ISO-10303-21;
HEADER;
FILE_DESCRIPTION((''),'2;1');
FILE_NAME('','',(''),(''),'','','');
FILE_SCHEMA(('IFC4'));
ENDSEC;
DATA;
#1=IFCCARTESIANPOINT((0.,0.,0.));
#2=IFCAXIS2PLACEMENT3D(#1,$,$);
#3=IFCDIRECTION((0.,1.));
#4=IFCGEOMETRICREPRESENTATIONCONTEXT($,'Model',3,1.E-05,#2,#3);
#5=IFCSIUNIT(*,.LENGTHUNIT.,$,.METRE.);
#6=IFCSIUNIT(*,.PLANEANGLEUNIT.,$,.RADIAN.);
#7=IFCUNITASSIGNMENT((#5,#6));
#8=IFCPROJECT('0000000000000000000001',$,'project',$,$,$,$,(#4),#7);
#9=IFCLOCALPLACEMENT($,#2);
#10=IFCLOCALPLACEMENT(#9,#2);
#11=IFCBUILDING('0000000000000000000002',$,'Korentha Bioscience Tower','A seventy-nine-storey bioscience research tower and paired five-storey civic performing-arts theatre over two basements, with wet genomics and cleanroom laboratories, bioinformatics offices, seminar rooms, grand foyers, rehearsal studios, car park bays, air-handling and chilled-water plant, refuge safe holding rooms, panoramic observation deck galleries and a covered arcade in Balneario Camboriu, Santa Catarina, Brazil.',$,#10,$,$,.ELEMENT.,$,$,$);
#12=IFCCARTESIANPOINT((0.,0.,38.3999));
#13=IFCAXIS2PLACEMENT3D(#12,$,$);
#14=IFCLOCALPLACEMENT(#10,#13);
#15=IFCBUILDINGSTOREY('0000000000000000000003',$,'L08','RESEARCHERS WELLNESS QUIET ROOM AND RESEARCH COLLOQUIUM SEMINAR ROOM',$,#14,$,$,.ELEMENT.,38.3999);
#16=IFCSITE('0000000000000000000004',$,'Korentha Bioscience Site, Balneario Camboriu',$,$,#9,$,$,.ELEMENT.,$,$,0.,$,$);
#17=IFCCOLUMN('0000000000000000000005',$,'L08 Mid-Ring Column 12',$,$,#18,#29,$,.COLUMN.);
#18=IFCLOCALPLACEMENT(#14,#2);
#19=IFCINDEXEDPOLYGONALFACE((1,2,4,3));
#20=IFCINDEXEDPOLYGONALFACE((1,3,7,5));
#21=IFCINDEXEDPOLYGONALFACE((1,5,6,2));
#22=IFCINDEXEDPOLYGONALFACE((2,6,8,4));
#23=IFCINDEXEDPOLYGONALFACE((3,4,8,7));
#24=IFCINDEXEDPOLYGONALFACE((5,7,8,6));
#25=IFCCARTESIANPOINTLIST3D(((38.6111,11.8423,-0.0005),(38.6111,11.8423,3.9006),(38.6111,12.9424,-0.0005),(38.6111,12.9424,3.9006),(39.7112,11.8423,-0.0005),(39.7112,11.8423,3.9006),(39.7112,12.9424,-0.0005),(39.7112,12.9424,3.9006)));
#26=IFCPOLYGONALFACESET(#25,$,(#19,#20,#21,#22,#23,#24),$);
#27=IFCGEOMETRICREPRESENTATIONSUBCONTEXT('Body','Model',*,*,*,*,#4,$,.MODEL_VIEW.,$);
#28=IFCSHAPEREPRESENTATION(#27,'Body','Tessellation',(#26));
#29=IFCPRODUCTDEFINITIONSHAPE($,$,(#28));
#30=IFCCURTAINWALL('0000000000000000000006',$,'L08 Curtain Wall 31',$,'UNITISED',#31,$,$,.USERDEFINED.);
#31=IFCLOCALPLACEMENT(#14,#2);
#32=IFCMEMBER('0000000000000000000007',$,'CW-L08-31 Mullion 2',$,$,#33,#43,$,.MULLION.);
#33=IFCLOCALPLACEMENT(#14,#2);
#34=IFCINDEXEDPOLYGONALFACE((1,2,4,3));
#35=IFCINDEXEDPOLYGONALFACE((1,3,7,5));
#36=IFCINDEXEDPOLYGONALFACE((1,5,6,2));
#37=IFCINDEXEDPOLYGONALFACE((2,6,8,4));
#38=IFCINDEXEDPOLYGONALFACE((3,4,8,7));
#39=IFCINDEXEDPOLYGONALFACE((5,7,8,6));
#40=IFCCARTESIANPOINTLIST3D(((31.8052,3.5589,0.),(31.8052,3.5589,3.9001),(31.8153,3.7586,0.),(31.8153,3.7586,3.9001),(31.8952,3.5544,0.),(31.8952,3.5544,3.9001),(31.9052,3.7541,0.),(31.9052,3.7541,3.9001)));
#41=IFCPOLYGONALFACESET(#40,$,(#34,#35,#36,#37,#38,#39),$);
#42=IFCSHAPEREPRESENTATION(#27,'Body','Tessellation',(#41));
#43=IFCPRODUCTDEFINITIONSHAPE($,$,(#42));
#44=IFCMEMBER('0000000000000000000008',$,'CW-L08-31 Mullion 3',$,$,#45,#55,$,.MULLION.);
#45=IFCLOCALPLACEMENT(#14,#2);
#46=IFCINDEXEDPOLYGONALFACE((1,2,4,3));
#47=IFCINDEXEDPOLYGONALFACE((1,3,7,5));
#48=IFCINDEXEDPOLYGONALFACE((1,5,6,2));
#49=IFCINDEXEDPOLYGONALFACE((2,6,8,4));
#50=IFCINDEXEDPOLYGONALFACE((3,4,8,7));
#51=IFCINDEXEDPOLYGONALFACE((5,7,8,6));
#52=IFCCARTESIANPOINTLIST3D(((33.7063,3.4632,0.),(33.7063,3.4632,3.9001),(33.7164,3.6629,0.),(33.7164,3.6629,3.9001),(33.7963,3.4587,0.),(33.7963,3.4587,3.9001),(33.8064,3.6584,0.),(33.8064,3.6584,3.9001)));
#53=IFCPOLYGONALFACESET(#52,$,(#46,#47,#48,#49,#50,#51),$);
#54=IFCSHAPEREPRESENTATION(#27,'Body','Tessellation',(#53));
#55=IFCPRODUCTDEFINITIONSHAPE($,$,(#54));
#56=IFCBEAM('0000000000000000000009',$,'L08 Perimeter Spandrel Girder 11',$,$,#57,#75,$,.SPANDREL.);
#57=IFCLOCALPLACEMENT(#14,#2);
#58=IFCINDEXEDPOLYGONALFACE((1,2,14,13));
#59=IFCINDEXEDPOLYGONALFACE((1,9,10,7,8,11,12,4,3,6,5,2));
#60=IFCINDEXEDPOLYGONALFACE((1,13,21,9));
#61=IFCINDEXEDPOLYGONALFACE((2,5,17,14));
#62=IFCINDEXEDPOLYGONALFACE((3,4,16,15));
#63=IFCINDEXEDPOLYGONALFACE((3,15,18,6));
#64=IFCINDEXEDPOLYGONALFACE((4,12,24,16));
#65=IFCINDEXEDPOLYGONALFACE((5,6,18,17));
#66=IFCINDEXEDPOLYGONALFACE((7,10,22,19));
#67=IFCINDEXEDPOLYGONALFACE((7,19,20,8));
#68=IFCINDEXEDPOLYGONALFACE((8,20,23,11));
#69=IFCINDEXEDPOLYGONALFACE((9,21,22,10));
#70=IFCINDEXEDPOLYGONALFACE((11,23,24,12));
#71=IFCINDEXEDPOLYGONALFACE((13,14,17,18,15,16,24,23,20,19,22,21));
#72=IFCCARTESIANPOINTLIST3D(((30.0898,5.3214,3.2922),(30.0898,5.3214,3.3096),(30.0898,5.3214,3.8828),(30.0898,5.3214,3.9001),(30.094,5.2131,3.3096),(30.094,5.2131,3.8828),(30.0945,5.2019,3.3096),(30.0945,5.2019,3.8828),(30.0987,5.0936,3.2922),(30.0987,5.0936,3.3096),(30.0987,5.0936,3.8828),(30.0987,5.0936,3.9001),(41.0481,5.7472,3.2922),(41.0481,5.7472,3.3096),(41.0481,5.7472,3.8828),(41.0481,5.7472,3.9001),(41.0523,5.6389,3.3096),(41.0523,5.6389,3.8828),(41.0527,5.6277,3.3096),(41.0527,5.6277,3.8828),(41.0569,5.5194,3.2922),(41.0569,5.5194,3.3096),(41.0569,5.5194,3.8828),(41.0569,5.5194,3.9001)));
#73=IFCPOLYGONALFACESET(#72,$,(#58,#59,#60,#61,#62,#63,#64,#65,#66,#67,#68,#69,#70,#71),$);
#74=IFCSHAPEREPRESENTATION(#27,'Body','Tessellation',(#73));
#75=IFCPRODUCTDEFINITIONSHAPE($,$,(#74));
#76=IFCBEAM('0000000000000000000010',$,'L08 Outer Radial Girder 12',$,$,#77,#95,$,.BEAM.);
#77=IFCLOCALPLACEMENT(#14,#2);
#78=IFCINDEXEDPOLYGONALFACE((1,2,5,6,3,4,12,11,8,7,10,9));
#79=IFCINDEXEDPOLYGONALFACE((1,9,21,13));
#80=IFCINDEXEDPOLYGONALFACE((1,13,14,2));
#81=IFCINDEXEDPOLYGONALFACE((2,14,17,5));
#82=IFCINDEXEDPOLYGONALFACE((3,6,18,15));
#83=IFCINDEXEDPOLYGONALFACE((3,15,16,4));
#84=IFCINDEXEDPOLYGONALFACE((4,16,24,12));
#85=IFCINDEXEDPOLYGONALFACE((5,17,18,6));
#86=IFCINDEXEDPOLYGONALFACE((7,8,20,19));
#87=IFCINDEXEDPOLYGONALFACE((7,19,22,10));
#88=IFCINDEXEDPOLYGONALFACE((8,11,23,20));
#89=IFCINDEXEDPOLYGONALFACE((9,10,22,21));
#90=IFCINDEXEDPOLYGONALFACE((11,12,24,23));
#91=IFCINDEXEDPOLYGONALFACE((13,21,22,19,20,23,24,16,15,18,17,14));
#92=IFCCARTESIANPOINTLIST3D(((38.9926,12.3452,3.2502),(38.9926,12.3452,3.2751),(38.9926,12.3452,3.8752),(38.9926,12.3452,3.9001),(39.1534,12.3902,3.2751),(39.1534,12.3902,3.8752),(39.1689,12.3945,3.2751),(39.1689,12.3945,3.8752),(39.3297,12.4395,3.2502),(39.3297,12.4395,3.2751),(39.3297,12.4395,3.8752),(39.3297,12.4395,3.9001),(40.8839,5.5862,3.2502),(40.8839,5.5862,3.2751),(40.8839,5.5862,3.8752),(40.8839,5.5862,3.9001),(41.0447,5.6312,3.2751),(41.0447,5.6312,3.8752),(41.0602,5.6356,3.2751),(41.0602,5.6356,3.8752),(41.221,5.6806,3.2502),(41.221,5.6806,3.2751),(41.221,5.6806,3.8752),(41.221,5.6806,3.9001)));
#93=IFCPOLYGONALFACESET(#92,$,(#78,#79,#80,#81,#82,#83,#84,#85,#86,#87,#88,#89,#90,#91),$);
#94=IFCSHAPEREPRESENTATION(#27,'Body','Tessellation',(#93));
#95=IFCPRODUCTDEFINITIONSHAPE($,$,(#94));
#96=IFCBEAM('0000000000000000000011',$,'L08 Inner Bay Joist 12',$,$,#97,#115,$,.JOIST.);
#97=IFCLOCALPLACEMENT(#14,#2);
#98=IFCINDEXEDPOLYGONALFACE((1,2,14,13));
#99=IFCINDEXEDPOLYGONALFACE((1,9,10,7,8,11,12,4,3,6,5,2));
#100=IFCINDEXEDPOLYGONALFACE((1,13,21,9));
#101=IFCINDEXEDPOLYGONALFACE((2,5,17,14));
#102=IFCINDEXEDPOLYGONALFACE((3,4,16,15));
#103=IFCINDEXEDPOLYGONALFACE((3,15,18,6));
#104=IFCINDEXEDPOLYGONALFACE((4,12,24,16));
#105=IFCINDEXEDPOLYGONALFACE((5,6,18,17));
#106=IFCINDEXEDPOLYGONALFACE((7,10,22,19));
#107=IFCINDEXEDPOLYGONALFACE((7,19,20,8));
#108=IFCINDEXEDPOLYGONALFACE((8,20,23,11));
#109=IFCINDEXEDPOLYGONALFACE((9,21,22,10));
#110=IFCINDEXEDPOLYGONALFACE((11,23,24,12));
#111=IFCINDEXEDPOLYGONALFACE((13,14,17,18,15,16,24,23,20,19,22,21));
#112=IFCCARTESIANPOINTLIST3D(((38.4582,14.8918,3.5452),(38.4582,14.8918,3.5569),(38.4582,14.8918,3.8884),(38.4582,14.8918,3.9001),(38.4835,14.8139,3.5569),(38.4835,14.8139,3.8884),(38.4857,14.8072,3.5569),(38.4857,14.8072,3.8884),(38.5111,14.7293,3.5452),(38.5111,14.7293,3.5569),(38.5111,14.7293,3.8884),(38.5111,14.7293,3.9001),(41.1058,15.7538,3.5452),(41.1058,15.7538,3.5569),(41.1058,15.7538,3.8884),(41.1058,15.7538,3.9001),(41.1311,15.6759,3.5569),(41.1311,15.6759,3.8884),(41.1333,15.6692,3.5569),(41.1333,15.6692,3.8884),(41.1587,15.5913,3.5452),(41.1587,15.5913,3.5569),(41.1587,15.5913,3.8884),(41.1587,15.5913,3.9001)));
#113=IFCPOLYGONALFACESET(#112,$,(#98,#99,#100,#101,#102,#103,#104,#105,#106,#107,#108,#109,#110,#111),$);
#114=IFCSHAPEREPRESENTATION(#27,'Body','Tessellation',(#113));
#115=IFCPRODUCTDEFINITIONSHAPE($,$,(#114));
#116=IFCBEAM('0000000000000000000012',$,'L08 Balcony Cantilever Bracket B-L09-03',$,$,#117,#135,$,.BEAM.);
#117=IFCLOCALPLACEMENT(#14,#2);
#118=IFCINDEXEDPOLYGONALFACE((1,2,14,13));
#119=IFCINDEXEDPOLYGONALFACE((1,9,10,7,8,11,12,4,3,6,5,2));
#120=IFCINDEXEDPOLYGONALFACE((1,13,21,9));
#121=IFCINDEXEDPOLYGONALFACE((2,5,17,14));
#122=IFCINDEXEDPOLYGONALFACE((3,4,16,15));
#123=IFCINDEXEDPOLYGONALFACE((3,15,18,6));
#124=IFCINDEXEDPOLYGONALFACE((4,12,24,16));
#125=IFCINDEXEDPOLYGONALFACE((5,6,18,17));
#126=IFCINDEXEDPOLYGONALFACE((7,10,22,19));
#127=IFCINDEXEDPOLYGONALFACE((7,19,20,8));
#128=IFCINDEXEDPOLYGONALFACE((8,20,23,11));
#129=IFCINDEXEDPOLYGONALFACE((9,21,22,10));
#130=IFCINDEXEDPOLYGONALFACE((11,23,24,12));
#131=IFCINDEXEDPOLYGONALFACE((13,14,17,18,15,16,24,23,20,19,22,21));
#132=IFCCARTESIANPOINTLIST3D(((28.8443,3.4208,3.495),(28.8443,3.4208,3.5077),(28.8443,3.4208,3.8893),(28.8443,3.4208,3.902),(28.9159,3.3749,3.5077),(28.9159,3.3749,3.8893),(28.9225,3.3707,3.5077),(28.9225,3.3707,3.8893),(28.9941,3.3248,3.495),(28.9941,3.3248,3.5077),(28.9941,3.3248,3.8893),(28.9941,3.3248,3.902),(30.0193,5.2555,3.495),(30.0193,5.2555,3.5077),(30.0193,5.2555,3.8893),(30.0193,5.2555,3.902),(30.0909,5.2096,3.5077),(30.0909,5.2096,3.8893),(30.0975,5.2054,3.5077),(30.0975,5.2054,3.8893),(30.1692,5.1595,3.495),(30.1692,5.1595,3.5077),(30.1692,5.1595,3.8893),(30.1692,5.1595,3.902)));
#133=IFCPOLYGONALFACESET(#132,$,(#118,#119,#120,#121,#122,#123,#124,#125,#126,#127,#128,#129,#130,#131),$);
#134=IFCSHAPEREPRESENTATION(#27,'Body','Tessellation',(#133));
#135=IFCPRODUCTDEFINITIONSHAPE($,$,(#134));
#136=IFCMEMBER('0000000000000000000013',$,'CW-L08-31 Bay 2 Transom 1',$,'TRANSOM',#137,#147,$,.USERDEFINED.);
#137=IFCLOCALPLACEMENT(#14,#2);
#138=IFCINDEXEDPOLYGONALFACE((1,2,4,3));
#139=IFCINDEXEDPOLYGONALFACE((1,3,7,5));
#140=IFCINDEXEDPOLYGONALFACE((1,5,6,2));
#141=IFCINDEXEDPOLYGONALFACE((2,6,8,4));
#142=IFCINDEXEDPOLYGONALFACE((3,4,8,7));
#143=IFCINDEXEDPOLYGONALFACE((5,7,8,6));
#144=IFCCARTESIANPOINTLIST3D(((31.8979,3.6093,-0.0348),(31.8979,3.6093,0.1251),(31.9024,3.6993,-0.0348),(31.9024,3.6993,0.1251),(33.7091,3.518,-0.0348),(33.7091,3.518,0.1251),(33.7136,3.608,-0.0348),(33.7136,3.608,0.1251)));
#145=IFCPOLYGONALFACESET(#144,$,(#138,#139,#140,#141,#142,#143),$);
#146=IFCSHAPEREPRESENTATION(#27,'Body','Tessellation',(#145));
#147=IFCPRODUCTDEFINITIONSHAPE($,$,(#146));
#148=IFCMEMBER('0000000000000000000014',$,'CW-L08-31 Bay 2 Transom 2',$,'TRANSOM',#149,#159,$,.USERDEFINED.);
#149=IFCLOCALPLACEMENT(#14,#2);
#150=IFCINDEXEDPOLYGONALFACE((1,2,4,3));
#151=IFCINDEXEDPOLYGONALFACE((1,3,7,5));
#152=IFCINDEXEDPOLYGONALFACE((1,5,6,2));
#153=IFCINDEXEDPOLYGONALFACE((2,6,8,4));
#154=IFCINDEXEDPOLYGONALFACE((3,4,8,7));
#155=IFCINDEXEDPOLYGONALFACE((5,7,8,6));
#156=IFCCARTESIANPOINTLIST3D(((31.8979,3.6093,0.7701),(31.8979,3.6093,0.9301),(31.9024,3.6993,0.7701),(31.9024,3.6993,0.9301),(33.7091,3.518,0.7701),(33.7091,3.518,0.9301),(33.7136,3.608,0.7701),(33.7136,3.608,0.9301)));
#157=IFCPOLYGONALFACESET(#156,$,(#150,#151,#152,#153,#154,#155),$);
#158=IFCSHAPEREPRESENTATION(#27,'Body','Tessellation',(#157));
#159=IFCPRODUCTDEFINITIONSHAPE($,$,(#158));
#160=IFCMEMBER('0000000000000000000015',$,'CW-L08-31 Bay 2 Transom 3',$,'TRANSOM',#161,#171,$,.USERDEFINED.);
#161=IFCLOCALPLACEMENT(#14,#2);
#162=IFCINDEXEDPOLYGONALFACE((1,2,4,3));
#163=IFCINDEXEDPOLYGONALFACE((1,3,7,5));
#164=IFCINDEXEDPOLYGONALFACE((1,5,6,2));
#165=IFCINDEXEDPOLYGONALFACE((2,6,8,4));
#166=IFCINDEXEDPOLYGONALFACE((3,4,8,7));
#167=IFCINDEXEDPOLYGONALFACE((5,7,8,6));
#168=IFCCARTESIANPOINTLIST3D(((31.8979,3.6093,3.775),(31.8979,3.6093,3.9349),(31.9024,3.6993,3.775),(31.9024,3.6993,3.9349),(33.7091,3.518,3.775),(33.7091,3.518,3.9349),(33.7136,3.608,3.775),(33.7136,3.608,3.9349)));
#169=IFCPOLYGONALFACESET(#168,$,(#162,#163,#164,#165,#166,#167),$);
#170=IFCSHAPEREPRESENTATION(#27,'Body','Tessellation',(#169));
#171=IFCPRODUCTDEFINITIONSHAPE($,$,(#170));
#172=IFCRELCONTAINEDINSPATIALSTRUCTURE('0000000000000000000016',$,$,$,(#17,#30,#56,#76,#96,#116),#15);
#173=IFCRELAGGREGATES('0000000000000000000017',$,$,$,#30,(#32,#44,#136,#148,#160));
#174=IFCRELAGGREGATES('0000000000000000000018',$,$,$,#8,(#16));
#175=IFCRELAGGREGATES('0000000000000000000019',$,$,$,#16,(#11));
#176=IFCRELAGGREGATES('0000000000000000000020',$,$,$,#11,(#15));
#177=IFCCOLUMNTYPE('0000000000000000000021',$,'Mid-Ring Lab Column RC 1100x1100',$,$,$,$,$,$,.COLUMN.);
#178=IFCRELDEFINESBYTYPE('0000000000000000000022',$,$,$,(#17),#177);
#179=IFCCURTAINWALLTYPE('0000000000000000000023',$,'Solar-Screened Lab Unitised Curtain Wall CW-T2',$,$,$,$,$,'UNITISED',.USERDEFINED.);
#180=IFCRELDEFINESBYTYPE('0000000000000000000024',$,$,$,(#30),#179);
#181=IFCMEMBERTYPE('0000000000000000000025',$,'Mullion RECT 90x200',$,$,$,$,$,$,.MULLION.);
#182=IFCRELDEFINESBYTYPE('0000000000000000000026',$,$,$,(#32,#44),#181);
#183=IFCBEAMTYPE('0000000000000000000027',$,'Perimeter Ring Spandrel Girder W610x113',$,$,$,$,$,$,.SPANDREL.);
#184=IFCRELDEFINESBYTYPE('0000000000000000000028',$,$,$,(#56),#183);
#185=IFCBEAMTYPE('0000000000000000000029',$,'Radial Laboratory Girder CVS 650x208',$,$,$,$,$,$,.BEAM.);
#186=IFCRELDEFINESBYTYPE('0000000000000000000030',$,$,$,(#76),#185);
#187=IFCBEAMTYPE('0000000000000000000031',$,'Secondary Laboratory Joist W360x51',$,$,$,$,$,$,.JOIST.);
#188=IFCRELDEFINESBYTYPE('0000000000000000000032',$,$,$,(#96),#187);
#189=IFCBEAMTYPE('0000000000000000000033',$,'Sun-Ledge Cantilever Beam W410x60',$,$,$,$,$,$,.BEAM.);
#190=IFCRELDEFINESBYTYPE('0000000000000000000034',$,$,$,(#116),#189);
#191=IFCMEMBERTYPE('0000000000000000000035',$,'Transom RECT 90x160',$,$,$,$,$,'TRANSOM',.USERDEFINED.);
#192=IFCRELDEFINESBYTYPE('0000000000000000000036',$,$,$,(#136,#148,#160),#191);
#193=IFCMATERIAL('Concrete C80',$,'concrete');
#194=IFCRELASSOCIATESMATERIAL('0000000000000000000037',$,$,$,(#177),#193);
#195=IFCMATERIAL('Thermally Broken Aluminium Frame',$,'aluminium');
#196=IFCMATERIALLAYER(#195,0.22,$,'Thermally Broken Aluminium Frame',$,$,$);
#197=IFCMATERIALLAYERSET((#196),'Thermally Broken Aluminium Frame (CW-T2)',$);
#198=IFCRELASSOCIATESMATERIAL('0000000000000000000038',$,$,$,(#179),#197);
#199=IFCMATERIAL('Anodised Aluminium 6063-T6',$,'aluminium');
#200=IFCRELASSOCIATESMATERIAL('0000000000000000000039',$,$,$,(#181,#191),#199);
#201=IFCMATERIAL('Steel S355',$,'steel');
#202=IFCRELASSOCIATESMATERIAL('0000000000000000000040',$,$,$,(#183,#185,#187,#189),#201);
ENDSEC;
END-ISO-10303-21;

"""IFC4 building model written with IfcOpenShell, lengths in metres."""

from ifc_helpers import new_model, si_unit, direction, frame, origin, origin_2d, place, context, subcontext, project, spatial, rectangle, i_section, extrude, material, layer, layer_set, material_profile, profile_set, type_object, element, aggregate, save


model = new_model("IFC4")

# Units and contexts
model_context = context("Model", 3, precision=1e-05, world=origin(), true_north=direction((0.0, 1.0)))
body_context = subcontext(model_context, "Body", "Model", "MODEL_VIEW")
ifc_project = project(units=[si_unit("LENGTHUNIT", "METRE"), si_unit("PLANEANGLEUNIT", "RADIAN")], contexts=[model_context])

# Site, building, storey
site_placement = place(None, origin())
site = spatial("IfcSite", under=ifc_project, at=site_placement, Name="Korentha Bioscience Site, Balneario Camboriu", CompositionType="ELEMENT", RefElevation=0.0)
building_placement = place(site_placement, origin())
building = spatial("IfcBuilding", under=site, at=building_placement, Name="Korentha Bioscience Tower", Description="A seventy-nine-storey bioscience research tower and paired five-storey civic performing-arts theatre over two basements, with wet genomics and cleanroom laboratories, bioinformatics offices, seminar rooms, grand foyers, rehearsal studios, car park bays, air-handling and chilled-water plant, refuge safe holding rooms, panoramic observation deck galleries and a covered arcade in Balneario Camboriu, Santa Catarina, Brazil.", CompositionType="ELEMENT")
storey_placement = place(building_placement, frame((0.0, 0.0, 38.3999)))
storey = spatial("IfcBuildingStorey", under=building, at=storey_placement, Name="L08", Description="RESEARCHERS WELLNESS QUIET ROOM AND RESEARCH COLLOQUIUM SEMINAR ROOM", CompositionType="ELEMENT", Elevation=38.3999)

# Column
ifc_material_1 = material(Name="Concrete C80", Category="concrete")
ifc_material_profile_1 = material_profile(ifc_material_1, rectangle(XDim=1.1001, YDim=1.1001, at=origin_2d()), Name="Concrete C80")
ifc_profile_set_1 = profile_set([ifc_material_profile_1], Name="Concrete C80 (COL-MR11)")
column_type = type_object("IfcColumnType", Name="Mid-Ring Lab Column RC 1100x1100", PredefinedType="COLUMN", material=ifc_profile_set_1)
column_placement = place(storey_placement, frame((39.1611, 12.3923, -0.0005), z_axis=(0.0, 0.0, 1.0), x_axis=(1.0, 0.0, 0.0)))
element("IfcColumn", 1, at=column_placement, inside=storey, type_object=column_type, Name="L08 Mid-Ring Column 12", PredefinedType="COLUMN", context=body_context, shape_type="SweptSolid", body=[
    extrude(rectangle(XDim=1.1001, YDim=1.1001, at=origin_2d()), origin(), (0.0, 0.0, 1.0), 3.9011),
])

# Curtain wall, members
ifc_material_2 = material(Name="Thermally Broken Aluminium Frame", Category="aluminium")
ifc_layer_1 = layer(ifc_material_2, 0.22, Name="Thermally Broken Aluminium Frame")
ifc_layer_set_1 = layer_set([ifc_layer_1], Name="Thermally Broken Aluminium Frame (CW-T2)")
curtain_wall_type = type_object("IfcCurtainWallType", Name="Solar-Screened Lab Unitised Curtain Wall CW-T2", ElementType="UNITISED", PredefinedType="USERDEFINED", material=ifc_layer_set_1)
curtain_wall_placement = place(storey_placement, origin())
curtain_wall = element("IfcCurtainWall", 2, at=curtain_wall_placement, inside=storey, type_object=curtain_wall_type, Name="L08 Curtain Wall 31", ObjectType="UNITISED", PredefinedType="USERDEFINED")
ifc_material_3 = material(Name="Anodised Aluminium 6063-T6", Category="aluminium")
ifc_material_profile_2 = material_profile(ifc_material_3, rectangle(XDim=0.0901, YDim=0.2, at=origin_2d()), Name="Anodised Aluminium 6063-T6")
ifc_profile_set_2 = profile_set([ifc_material_profile_2], Name="Anodised Aluminium 6063-T6 (CW-MUL)")
member_type_1 = type_object("IfcMemberType", Name="Mullion RECT 90x200", PredefinedType="MULLION", material=ifc_profile_set_2)
member_1_placement = place(storey_placement, frame((31.8552, 3.6565, 0.0), z_axis=(0.0, 0.0, 1.0), x_axis=(0.998731, -0.050371, 0.0)))
member_1 = element("IfcMember", 3, at=member_1_placement, type_object=member_type_1, Name="CW-L08-31 Mullion 2", PredefinedType="MULLION", context=body_context, shape_type="SweptSolid", body=[
    extrude(rectangle(XDim=0.0901, YDim=0.2, at=origin_2d()), origin(), (0.0, 0.0, 1.0), 3.9001),
])
member_2_placement = place(storey_placement, frame((33.7563, 3.5608, 0.0), z_axis=(0.0, 0.0, 1.0), x_axis=(0.998731, -0.050371, 0.0)))
member_2 = element("IfcMember", 4, at=member_2_placement, type_object=member_type_1, Name="CW-L08-31 Mullion 3", PredefinedType="MULLION", context=body_context, shape_type="SweptSolid", body=[
    extrude(rectangle(XDim=0.0901, YDim=0.2, at=origin_2d()), origin(), (0.0, 0.0, 1.0), 3.9001),
])

# Beams
ifc_material_4 = material(Name="Steel S355", Category="steel")
ifc_material_profile_3 = material_profile(ifc_material_4, i_section(OverallWidth=0.228, OverallDepth=0.6079, WebThickness=0.0112, FlangeThickness=0.0173, at=origin_2d()), Name="Steel S355")
ifc_profile_set_3 = profile_set([ifc_material_profile_3], Name="Steel S355 (SB-610)")
beam_type_1 = type_object("IfcBeamType", Name="Perimeter Ring Spandrel Girder W610x113", PredefinedType="SPANDREL", material=ifc_profile_set_3)
beam_1_placement = place(storey_placement, frame((30.0942, 5.2075, 3.5962), z_axis=(0.999246, 0.038826, 0.0), x_axis=(-0.038826, 0.999246, 0.0)))
element("IfcBeam", 5, at=beam_1_placement, inside=storey, type_object=beam_type_1, Name="L08 Perimeter Spandrel Girder 11", PredefinedType="SPANDREL", context=body_context, shape_type="SweptSolid", body=[
    extrude(i_section(OverallWidth=0.228, OverallDepth=0.6079, WebThickness=0.0112, FlangeThickness=0.0173, at=origin_2d()), origin(), (0.0, 0.0, 1.0), 10.9666),
])
ifc_material_profile_4 = material_profile(ifc_material_4, i_section(OverallWidth=0.3501, OverallDepth=0.6499, WebThickness=0.0161, FlangeThickness=0.0249, at=origin_2d()), Name="Steel S355")
ifc_profile_set_4 = profile_set([ifc_material_profile_4], Name="Steel S355 (RB-650)")
beam_type_2 = type_object("IfcBeamType", Name="Radial Laboratory Girder CVS 650x208", PredefinedType="BEAM", material=ifc_profile_set_4)
beam_2_placement = place(storey_placement, frame((39.1611, 12.3923, 3.5752), z_axis=(0.269475, -0.963007, 0.0), x_axis=(0.963007, 0.269475, 0.0)))
element("IfcBeam", 6, at=beam_2_placement, inside=storey, type_object=beam_type_2, Name="L08 Outer Radial Girder 12", PredefinedType="BEAM", context=body_context, shape_type="SweptSolid", body=[
    extrude(i_section(OverallWidth=0.3501, OverallDepth=0.6499, WebThickness=0.0161, FlangeThickness=0.0249, at=origin_2d()), origin(), (0.0, 0.0, 1.0), 7.0186),
])
ifc_material_profile_5 = material_profile(ifc_material_4, i_section(OverallWidth=0.1709, OverallDepth=0.355, WebThickness=0.0071, FlangeThickness=0.0117, at=origin_2d()), Name="Steel S355")
ifc_profile_set_5 = profile_set([ifc_material_profile_5], Name="Steel S355 (JB-360)")
beam_type_3 = type_object("IfcBeamType", Name="Secondary Laboratory Joist W360x51", PredefinedType="JOIST", material=ifc_profile_set_5)
beam_3_placement = place(storey_placement, frame((38.4846, 14.8105, 3.7227), z_axis=(0.95087, 0.309592, 0.0), x_axis=(-0.309592, 0.95087, 0.0)))
element("IfcBeam", 7, at=beam_3_placement, inside=storey, type_object=beam_type_3, Name="L08 Inner Bay Joist 12", PredefinedType="JOIST", context=body_context, shape_type="SweptSolid", body=[
    extrude(i_section(OverallWidth=0.1709, OverallDepth=0.355, WebThickness=0.0071, FlangeThickness=0.0117, at=origin_2d()), origin(), (0.0, 0.0, 1.0), 2.7844),
])
ifc_material_profile_6 = material_profile(ifc_material_4, i_section(OverallWidth=0.178, OverallDepth=0.407, WebThickness=0.0078, FlangeThickness=0.0127, at=origin_2d()), Name="Steel S355")
ifc_profile_set_6 = profile_set([ifc_material_profile_6], Name="Steel S355 (CB-410)")
beam_type_4 = type_object("IfcBeamType", Name="Sun-Ledge Cantilever Beam W410x60", PredefinedType="BEAM", material=ifc_profile_set_6)
beam_4_placement = place(storey_placement, frame((30.0942, 5.2075, 3.6985), z_axis=(-0.539324, -0.842098, 0.0), x_axis=(0.842098, -0.539324, 0.0)))
element("IfcBeam", 8, at=beam_4_placement, inside=storey, type_object=beam_type_4, Name="L08 Balcony Cantilever Bracket B-L09-03", PredefinedType="BEAM", context=body_context, shape_type="SweptSolid", body=[
    extrude(i_section(OverallWidth=0.178, OverallDepth=0.407, WebThickness=0.0078, FlangeThickness=0.0127, at=origin_2d()), origin(), (0.0, 0.0, 1.0), 2.1787),
])

# Members
ifc_material_profile_7 = material_profile(ifc_material_3, rectangle(XDim=0.0901, YDim=0.1599, at=origin_2d()), Name="Anodised Aluminium 6063-T6")
ifc_profile_set_7 = profile_set([ifc_material_profile_7], Name="Anodised Aluminium 6063-T6 (CW-TRN)")
member_type_2 = type_object("IfcMemberType", Name="Transom RECT 90x160", ElementType="TRANSOM", PredefinedType="USERDEFINED", material=ifc_profile_set_7)
member_3_placement = place(storey_placement, frame((31.9001, 3.6543, 0.0452), z_axis=(0.998732, -0.050347, 0.0), x_axis=(0.050347, 0.998732, 0.0)))
member_3 = element("IfcMember", 9, at=member_3_placement, type_object=member_type_2, Name="CW-L08-31 Bay 2 Transom 1", ObjectType="TRANSOM", PredefinedType="USERDEFINED", context=body_context, shape_type="SweptSolid", body=[
    extrude(rectangle(XDim=0.0901, YDim=0.1599, at=origin_2d()), origin(), (0.0, 0.0, 1.0), 1.8135),
])
member_4_placement = place(storey_placement, frame((31.9001, 3.6543, 0.8501), z_axis=(0.998732, -0.050347, 0.0), x_axis=(0.050347, 0.998732, 0.0)))
member_4 = element("IfcMember", 10, at=member_4_placement, type_object=member_type_2, Name="CW-L08-31 Bay 2 Transom 2", ObjectType="TRANSOM", PredefinedType="USERDEFINED", context=body_context, shape_type="SweptSolid", body=[
    extrude(rectangle(XDim=0.0901, YDim=0.1599, at=origin_2d()), origin(), (0.0, 0.0, 1.0), 1.8135),
])
member_5_placement = place(storey_placement, frame((31.9001, 3.6543, 3.855), z_axis=(0.998732, -0.050347, 0.0), x_axis=(0.050347, 0.998732, 0.0)))
member_5 = element("IfcMember", 11, at=member_5_placement, type_object=member_type_2, Name="CW-L08-31 Bay 2 Transom 3", ObjectType="TRANSOM", PredefinedType="USERDEFINED", context=body_context, shape_type="SweptSolid", body=[
    extrude(rectangle(XDim=0.0901, YDim=0.1599, at=origin_2d()), origin(), (0.0, 0.0, 1.0), 1.8135),
])

aggregate(curtain_wall, [member_1, member_2, member_3, member_4, member_5])

save(model, "model.ifc")
